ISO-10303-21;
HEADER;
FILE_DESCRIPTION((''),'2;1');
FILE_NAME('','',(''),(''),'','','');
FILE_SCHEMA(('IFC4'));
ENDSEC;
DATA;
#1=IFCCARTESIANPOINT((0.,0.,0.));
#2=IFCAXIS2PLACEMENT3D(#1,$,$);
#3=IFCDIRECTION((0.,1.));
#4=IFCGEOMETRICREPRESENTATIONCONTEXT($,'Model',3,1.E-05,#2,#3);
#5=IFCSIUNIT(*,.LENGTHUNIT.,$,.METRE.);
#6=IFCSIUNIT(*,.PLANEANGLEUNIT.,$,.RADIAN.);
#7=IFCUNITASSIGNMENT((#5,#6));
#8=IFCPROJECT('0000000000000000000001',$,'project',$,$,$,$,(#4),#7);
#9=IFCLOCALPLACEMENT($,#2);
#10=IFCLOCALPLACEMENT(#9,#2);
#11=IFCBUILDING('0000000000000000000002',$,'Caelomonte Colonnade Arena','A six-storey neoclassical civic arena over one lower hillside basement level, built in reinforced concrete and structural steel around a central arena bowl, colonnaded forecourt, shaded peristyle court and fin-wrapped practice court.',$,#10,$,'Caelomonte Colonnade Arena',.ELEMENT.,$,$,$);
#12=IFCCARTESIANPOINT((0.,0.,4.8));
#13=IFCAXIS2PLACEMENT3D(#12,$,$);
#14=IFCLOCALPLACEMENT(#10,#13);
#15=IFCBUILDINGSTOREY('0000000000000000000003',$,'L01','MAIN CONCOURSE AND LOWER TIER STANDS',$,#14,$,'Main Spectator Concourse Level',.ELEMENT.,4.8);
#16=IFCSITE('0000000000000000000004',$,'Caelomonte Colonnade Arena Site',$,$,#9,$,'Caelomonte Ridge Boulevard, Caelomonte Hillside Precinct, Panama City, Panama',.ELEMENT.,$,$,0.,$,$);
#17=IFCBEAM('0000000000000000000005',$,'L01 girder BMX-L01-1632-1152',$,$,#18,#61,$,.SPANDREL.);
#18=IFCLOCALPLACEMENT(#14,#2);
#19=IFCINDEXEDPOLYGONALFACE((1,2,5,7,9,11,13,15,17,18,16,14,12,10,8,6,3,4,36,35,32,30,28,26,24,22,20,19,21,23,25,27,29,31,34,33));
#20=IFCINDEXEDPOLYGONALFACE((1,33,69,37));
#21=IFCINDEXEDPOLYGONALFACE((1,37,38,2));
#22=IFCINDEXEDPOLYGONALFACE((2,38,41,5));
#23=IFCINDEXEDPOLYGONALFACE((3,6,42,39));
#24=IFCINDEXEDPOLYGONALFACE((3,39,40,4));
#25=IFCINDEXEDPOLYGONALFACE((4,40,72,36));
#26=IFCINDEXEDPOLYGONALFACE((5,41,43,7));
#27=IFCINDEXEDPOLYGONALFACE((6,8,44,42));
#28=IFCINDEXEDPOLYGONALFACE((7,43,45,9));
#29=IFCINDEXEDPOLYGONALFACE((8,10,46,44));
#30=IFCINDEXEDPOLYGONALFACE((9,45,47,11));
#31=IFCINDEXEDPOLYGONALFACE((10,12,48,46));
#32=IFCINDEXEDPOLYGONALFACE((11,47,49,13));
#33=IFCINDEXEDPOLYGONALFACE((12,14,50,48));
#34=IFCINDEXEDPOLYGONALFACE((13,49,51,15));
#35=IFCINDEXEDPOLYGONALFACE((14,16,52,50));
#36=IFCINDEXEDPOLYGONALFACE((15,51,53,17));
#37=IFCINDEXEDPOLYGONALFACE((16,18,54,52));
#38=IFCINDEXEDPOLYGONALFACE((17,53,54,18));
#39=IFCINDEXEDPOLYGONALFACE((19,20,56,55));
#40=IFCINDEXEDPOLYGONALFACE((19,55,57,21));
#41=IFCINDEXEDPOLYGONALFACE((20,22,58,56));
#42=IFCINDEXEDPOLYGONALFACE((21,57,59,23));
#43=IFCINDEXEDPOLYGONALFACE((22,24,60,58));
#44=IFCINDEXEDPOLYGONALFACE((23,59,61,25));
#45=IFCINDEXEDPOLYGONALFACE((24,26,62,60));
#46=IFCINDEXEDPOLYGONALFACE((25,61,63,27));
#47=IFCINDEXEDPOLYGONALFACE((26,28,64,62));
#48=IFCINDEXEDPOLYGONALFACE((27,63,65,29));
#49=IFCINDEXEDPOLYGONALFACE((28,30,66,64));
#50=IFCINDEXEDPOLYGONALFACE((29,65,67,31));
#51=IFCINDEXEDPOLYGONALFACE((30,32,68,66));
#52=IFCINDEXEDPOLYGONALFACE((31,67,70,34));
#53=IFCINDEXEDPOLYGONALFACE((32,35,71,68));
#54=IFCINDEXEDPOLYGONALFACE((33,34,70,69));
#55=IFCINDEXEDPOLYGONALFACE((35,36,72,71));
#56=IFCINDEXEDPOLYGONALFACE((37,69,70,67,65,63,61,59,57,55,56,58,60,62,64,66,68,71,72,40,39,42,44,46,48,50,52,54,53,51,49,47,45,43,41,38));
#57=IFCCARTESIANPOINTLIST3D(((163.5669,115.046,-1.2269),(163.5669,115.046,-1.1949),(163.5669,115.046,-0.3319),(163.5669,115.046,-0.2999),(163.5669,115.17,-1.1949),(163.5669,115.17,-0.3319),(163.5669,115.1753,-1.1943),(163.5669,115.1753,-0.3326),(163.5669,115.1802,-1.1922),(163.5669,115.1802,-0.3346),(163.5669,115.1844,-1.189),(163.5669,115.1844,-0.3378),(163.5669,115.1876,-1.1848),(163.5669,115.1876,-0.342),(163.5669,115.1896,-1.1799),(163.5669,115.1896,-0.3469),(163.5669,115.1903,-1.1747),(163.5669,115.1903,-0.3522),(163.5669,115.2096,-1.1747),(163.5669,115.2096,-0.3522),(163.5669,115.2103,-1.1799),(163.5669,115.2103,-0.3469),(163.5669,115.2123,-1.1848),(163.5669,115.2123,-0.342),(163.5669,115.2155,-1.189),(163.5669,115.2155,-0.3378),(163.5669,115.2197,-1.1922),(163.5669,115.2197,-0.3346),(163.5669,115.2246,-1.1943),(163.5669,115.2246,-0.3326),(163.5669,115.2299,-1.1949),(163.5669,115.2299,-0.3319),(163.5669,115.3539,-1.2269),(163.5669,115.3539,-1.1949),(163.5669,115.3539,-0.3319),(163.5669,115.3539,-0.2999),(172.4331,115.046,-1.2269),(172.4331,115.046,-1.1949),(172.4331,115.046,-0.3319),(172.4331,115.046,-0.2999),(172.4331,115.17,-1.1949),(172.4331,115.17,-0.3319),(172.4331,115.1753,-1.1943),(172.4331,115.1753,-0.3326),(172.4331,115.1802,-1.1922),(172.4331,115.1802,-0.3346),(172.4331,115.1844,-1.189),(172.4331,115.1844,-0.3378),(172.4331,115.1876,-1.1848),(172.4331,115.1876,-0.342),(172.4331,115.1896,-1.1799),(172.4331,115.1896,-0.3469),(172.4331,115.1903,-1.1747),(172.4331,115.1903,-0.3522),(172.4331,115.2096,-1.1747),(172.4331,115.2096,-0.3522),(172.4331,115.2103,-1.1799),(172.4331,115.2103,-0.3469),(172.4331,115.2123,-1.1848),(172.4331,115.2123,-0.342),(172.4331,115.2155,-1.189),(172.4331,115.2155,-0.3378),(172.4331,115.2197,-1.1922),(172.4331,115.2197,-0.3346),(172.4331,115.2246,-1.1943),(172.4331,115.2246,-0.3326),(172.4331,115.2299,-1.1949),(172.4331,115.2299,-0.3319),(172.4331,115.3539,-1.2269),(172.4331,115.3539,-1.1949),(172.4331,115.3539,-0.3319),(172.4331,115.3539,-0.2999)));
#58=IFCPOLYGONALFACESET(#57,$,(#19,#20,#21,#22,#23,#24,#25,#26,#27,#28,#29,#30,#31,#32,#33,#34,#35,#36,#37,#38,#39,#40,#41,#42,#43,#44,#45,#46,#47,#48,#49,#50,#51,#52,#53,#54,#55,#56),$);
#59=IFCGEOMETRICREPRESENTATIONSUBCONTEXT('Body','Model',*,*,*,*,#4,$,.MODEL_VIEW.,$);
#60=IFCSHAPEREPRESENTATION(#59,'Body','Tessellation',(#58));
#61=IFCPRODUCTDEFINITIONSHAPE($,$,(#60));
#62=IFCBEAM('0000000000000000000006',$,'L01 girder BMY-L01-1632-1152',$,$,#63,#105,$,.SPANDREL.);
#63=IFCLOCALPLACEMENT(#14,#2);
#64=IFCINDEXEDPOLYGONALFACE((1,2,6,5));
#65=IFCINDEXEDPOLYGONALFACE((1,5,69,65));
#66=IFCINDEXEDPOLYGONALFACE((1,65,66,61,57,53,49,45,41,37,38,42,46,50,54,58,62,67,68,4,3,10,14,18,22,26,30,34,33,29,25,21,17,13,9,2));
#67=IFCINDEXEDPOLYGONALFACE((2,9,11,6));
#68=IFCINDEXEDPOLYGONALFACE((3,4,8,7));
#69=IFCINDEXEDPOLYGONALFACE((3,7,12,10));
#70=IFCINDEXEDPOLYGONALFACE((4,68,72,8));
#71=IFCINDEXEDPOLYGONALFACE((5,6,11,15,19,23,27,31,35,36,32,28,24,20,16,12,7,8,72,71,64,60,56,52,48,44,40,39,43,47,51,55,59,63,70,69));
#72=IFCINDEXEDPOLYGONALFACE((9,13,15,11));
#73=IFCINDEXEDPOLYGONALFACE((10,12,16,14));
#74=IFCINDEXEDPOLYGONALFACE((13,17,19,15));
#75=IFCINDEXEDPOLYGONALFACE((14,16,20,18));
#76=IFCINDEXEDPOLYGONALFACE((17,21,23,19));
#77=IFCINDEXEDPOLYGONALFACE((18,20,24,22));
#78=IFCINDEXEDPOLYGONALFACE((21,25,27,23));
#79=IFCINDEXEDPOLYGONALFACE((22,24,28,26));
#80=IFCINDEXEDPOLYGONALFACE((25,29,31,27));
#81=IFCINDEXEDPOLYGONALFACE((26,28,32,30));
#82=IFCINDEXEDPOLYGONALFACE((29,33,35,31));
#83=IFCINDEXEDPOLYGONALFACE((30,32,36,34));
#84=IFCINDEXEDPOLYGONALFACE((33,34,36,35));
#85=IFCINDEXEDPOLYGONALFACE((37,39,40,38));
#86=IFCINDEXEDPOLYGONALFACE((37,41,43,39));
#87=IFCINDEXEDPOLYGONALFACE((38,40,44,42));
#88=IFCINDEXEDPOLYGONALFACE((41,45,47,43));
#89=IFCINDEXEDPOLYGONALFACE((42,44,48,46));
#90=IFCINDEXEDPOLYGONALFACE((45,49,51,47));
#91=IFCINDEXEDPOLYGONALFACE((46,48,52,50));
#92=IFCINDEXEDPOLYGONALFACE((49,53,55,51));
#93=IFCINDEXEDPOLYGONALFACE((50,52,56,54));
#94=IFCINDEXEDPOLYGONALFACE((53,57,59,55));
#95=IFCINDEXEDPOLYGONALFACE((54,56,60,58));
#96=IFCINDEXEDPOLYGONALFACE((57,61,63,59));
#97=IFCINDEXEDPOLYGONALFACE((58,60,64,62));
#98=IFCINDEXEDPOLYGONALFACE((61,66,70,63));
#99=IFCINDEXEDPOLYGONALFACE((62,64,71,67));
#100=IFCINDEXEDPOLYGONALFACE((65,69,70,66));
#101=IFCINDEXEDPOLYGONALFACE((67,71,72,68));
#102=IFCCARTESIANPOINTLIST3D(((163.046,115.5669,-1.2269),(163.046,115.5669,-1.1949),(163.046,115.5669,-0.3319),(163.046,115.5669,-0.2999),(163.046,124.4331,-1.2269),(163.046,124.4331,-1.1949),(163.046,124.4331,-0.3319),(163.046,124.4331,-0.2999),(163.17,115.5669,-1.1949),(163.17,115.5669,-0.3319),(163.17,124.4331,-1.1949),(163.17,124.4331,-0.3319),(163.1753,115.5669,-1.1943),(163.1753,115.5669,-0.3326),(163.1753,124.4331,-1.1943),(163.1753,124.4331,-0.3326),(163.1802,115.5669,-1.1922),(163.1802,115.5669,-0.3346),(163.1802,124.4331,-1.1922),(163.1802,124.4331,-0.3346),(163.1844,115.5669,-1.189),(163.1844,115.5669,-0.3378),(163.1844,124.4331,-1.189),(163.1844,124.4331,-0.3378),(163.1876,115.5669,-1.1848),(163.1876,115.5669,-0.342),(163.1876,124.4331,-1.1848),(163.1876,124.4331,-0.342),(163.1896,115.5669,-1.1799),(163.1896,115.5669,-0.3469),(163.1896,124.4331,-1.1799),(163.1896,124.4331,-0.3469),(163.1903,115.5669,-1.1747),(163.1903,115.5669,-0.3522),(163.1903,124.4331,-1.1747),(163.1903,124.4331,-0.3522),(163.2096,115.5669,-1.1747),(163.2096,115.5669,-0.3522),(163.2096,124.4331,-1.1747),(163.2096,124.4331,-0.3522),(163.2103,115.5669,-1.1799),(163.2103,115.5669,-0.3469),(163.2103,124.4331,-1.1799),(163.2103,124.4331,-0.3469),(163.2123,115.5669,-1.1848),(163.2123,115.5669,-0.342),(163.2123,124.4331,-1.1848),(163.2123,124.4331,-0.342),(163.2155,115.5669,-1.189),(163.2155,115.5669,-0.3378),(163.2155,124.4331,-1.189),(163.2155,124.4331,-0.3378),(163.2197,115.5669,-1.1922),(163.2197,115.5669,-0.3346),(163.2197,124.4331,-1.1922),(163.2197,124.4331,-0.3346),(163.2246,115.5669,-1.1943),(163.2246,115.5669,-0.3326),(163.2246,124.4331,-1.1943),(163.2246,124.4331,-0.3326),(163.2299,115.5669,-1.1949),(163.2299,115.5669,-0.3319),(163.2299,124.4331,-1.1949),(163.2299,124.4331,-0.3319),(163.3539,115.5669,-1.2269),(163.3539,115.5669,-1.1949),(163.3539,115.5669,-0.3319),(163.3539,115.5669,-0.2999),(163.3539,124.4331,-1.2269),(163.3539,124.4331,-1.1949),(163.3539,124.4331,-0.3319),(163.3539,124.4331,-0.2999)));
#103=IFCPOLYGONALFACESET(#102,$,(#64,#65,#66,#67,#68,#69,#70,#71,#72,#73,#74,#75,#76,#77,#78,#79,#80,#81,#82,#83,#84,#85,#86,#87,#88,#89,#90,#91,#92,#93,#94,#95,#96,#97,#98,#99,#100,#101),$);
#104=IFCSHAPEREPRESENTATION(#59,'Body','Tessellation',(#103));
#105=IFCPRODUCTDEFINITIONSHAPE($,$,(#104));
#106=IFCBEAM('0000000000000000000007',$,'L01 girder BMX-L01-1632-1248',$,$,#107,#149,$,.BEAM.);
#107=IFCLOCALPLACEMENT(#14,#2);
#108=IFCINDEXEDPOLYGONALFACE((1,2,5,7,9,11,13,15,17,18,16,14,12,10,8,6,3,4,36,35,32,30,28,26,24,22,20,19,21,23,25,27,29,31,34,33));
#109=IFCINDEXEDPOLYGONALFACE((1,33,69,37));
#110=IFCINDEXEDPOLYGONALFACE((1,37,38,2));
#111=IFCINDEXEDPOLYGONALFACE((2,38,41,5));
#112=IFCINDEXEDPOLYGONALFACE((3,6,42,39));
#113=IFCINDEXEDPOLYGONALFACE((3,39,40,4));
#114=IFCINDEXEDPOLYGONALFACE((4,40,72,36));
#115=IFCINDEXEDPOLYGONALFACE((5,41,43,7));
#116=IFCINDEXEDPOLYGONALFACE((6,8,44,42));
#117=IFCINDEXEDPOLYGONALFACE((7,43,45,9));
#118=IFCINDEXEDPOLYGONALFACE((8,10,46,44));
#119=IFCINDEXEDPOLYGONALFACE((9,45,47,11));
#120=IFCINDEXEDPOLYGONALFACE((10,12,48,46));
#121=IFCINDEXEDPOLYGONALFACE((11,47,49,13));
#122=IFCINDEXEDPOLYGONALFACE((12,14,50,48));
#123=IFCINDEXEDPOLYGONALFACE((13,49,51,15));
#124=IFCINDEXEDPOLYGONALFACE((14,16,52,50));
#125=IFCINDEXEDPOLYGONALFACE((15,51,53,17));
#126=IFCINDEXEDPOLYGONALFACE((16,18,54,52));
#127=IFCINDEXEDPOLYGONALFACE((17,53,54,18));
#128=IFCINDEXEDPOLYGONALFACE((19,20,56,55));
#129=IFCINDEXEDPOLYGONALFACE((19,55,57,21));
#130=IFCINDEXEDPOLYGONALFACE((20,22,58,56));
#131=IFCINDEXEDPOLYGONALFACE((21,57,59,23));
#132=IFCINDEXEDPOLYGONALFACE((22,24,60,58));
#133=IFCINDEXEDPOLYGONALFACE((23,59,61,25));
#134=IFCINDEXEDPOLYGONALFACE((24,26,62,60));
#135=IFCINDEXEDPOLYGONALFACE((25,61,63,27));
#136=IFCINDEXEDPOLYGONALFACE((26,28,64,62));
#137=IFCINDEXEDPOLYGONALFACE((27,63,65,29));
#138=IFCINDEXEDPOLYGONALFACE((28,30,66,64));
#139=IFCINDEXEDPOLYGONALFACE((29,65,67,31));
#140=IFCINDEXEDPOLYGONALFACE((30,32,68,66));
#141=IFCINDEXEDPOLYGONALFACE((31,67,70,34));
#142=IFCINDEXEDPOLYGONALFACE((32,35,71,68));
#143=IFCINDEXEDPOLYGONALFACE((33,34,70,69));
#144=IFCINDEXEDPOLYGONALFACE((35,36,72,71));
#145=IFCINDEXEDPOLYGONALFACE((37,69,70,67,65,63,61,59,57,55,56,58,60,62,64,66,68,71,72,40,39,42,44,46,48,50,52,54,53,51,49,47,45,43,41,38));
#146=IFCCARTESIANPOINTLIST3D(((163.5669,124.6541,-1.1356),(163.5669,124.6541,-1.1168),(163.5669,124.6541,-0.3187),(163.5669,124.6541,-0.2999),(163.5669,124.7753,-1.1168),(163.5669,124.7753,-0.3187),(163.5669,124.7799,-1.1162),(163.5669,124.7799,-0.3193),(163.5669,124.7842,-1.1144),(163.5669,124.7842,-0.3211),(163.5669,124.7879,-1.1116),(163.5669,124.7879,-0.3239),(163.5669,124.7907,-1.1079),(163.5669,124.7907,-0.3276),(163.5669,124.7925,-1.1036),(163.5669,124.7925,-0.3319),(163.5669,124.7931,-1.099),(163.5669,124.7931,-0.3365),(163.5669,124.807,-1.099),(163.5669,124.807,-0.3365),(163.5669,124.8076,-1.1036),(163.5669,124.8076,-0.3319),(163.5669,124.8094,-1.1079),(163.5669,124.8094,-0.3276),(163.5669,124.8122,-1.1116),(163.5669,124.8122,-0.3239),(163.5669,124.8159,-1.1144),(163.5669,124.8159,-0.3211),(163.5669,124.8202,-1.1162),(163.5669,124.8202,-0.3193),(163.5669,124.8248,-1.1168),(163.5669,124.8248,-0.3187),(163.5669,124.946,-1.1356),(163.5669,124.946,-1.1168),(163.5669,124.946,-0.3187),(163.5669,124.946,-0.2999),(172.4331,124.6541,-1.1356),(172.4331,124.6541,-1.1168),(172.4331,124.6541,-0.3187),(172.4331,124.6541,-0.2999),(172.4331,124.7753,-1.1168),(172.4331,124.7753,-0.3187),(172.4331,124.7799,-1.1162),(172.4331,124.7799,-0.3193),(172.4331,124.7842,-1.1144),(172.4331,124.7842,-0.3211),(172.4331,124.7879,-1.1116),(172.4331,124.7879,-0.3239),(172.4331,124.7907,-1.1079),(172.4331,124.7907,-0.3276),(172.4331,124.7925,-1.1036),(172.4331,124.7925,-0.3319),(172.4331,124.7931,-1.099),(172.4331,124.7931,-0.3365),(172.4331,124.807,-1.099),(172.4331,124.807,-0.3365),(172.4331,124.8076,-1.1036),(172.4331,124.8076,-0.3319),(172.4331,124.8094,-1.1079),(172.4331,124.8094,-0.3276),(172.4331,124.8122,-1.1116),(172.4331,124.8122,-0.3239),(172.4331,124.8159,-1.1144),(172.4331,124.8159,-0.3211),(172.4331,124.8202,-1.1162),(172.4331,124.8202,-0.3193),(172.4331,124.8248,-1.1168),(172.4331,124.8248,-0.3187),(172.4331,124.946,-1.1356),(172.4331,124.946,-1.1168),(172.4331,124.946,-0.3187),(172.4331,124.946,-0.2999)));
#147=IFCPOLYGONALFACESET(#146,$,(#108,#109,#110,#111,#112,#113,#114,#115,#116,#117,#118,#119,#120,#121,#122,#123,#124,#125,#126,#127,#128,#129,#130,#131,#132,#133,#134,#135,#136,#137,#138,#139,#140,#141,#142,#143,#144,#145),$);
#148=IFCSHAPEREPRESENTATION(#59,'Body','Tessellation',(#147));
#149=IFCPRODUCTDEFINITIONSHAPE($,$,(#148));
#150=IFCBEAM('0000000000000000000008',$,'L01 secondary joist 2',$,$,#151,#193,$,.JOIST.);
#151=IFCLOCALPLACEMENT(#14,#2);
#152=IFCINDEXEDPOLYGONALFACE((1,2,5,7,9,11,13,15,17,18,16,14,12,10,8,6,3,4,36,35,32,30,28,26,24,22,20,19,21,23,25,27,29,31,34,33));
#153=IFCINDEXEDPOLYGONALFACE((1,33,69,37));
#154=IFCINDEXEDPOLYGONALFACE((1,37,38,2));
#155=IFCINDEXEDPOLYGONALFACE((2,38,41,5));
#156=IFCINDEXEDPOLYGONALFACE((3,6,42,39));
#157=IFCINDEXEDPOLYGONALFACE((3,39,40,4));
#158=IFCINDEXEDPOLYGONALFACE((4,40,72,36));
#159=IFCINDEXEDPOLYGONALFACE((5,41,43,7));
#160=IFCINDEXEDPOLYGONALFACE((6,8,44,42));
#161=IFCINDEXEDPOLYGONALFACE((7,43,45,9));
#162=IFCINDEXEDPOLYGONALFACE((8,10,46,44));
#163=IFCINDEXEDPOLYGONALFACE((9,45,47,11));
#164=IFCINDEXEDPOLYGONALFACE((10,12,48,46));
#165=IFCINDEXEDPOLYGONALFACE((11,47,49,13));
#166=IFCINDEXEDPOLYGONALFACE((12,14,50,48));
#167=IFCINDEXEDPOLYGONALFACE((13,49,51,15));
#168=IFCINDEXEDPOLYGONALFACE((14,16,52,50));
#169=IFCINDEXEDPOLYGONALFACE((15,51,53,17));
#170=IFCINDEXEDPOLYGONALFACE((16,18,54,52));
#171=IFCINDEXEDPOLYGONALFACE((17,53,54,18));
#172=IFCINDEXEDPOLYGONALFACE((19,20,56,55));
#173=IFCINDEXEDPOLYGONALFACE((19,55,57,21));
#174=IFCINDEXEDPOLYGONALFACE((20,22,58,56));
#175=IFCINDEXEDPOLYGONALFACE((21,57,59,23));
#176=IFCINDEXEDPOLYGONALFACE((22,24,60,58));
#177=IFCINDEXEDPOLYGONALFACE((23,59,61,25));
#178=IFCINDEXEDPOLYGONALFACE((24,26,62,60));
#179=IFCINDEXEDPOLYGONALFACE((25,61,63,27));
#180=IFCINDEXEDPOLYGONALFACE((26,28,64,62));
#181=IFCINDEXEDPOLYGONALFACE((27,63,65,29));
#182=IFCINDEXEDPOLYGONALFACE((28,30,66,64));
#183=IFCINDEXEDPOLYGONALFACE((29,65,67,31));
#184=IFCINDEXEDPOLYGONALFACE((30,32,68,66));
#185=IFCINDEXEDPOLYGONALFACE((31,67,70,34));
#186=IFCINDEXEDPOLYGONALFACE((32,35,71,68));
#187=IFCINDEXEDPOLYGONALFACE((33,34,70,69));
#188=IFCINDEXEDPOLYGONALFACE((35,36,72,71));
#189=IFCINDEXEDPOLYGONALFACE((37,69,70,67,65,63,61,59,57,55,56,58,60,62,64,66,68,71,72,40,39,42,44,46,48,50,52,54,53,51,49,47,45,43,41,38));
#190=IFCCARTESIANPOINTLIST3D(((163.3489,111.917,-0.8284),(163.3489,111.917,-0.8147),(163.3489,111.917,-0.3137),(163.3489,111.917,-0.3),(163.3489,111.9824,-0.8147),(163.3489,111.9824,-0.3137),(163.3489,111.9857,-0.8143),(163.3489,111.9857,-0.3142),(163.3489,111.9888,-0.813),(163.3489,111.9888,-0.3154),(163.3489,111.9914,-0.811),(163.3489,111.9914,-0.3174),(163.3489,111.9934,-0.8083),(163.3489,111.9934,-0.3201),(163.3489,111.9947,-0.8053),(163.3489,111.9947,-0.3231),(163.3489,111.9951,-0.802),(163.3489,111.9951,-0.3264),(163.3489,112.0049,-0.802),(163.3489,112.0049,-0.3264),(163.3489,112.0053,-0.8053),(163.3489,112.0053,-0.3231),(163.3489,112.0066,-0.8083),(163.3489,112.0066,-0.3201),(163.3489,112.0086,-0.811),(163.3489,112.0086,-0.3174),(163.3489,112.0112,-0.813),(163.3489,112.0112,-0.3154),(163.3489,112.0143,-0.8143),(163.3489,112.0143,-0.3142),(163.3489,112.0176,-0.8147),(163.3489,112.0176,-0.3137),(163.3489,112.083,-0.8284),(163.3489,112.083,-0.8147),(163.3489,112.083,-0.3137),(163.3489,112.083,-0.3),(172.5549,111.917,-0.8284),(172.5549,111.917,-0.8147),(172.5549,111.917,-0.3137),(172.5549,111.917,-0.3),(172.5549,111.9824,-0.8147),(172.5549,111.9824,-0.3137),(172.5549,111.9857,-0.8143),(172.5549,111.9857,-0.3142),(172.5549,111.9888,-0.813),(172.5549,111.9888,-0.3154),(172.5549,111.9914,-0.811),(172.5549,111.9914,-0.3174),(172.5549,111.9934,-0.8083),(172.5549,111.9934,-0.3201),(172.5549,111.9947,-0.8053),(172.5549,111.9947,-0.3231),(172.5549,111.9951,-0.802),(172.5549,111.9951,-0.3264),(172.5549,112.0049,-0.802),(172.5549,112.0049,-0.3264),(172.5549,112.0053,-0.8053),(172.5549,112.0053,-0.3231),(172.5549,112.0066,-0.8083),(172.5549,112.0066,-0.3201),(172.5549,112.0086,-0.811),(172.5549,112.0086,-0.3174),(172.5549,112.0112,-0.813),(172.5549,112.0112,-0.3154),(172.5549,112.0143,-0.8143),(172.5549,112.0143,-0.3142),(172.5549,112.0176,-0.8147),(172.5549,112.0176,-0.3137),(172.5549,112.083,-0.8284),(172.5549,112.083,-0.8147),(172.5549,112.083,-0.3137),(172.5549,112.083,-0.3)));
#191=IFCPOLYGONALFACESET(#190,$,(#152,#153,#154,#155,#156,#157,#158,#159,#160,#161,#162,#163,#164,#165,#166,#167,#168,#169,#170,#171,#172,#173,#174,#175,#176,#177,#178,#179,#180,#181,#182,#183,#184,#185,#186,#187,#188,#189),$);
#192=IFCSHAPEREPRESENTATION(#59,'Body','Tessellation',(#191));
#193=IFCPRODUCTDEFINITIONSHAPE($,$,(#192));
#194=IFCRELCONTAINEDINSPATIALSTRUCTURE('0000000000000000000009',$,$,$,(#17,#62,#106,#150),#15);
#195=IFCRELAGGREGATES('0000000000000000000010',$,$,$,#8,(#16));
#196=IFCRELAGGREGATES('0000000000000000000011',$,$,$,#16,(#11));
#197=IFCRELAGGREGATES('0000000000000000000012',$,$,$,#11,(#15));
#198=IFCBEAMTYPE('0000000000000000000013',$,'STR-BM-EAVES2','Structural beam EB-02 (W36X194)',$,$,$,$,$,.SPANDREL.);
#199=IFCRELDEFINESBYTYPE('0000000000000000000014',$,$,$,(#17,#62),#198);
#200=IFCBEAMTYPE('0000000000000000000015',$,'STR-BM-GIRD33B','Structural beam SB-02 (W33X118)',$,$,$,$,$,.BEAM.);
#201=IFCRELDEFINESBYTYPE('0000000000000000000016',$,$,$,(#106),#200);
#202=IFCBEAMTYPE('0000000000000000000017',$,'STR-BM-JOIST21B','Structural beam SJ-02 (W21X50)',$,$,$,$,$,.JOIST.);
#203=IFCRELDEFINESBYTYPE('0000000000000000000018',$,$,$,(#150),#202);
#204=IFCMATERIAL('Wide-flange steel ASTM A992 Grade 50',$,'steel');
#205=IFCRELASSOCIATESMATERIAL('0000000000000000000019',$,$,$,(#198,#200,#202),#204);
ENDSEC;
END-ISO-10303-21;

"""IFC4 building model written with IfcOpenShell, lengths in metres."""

from ifc_helpers import new_model, si_unit, direction, frame, origin, origin_2d, place, context, subcontext, project, spatial, i_section, extrude, material, material_profile, profile_set, type_object, element, save


model = new_model("IFC4")

# Units and contexts
model_context = context("Model", 3, precision=1e-05, world=origin(), true_north=direction((0.0, 1.0)))
body_context = subcontext(model_context, "Body", "Model", "MODEL_VIEW")
ifc_project = project(units=[si_unit("LENGTHUNIT", "METRE"), si_unit("PLANEANGLEUNIT", "RADIAN")], contexts=[model_context])

# Site, building, storey
site_placement = place(None, origin())
site = spatial("IfcSite", under=ifc_project, at=site_placement, Name="Caelomonte Colonnade Arena Site", LongName="Caelomonte Ridge Boulevard, Caelomonte Hillside Precinct, Panama City, Panama", CompositionType="ELEMENT", RefElevation=0.0)
building_placement = place(site_placement, origin())
building = spatial("IfcBuilding", under=site, at=building_placement, Name="Caelomonte Colonnade Arena", Description="A six-storey neoclassical civic arena over one lower hillside basement level, built in reinforced concrete and structural steel around a central arena bowl, colonnaded forecourt, shaded peristyle court and fin-wrapped practice court.", LongName="Caelomonte Colonnade Arena", CompositionType="ELEMENT")
storey_placement = place(building_placement, frame((0.0, 0.0, 4.8)))
storey = spatial("IfcBuildingStorey", under=building, at=storey_placement, Name="L01", Description="MAIN CONCOURSE AND LOWER TIER STANDS", LongName="Main Spectator Concourse Level", CompositionType="ELEMENT", Elevation=4.8)

# Beams
ifc_material_1 = material(Name="Wide-flange steel ASTM A992 Grade 50", Category="steel")
ifc_material_profile_1 = material_profile(ifc_material_1, i_section(OverallWidth=0.3079, OverallDepth=0.927, WebThickness=0.0193, FlangeThickness=0.032, FilletRadius=0.0203, at=origin_2d()), Name="W36X194")
ifc_profile_set_1 = profile_set([ifc_material_profile_1], Name="Wide-flange steel ASTM A992 Grade 50")
beam_type_1 = type_object("IfcBeamType", Name="STR-BM-EAVES2", Description="Structural beam EB-02 (W36X194)", PredefinedType="SPANDREL", material=ifc_profile_set_1)
for number, where, z_axis, x_axis, name in (
    (1, (163.5669, 115.2, -0.7634), (1.0, 0.0, 0.0), (0.0, 1.0, 0.0), "L01 girder BMX-L01-1632-1152"),
    (2, (163.2, 115.5669, -0.7634), (0.0, 1.0, 0.0), (-1.0, 0.0, 0.0), "L01 girder BMY-L01-1632-1152"),
):
    element("IfcBeam", number, at=place(storey_placement, frame(where, z_axis=z_axis, x_axis=x_axis)), inside=storey, type_object=beam_type_1, Name=name, PredefinedType="SPANDREL", context=body_context, shape_type="SweptSolid", body=[
        extrude(i_section(OverallWidth=0.3079, OverallDepth=0.927, WebThickness=0.0193, FlangeThickness=0.032, FilletRadius=0.0203, at=origin_2d()), origin(), (0.0, 0.0, 1.0), 8.8662),
    ])
ifc_material_profile_2 = material_profile(ifc_material_1, i_section(OverallWidth=0.292, OverallDepth=0.8357, WebThickness=0.0139, FlangeThickness=0.0188, FilletRadius=0.0178, at=origin_2d()), Name="W33X118")
ifc_profile_set_2 = profile_set([ifc_material_profile_2], Name="Wide-flange steel ASTM A992 Grade 50")
beam_type_2 = type_object("IfcBeamType", Name="STR-BM-GIRD33B", Description="Structural beam SB-02 (W33X118)", PredefinedType="BEAM", material=ifc_profile_set_2)
beam_1_placement = place(storey_placement, frame((163.5669, 124.8, -0.7178), z_axis=(1.0, 0.0, 0.0), x_axis=(0.0, 1.0, 0.0)))
element("IfcBeam", 3, at=beam_1_placement, inside=storey, type_object=beam_type_2, Name="L01 girder BMX-L01-1632-1248", PredefinedType="BEAM", context=body_context, shape_type="SweptSolid", body=[
    extrude(i_section(OverallWidth=0.292, OverallDepth=0.8357, WebThickness=0.0139, FlangeThickness=0.0188, FilletRadius=0.0178, at=origin_2d()), origin(), (0.0, 0.0, 1.0), 8.8662),
])
ifc_material_profile_3 = material_profile(ifc_material_1, i_section(OverallWidth=0.166, OverallDepth=0.5283, WebThickness=0.0098, FlangeThickness=0.0137, FilletRadius=0.0127, at=origin_2d()), Name="W21X50")
ifc_profile_set_3 = profile_set([ifc_material_profile_3], Name="Wide-flange steel ASTM A992 Grade 50")
beam_type_3 = type_object("IfcBeamType", Name="STR-BM-JOIST21B", Description="Structural beam SJ-02 (W21X50)", PredefinedType="JOIST", material=ifc_profile_set_3)
for number, where, z_axis, x_axis, name in (
    (4, (163.3489, 112.0, -0.5642), (1.0, 0.0, 0.0), (0.0, 1.0, 0.0), "L01 secondary joist 2"),
):
    element("IfcBeam", number, at=place(storey_placement, frame(where, z_axis=z_axis, x_axis=x_axis)), inside=storey, type_object=beam_type_3, Name=name, PredefinedType="JOIST", context=body_context, shape_type="SweptSolid", body=[
        extrude(i_section(OverallWidth=0.166, OverallDepth=0.5283, WebThickness=0.0098, FlangeThickness=0.0137, FilletRadius=0.0127, at=origin_2d()), origin(), (0.0, 0.0, 1.0), 9.2061),
    ])

save(model, "model.ifc")
